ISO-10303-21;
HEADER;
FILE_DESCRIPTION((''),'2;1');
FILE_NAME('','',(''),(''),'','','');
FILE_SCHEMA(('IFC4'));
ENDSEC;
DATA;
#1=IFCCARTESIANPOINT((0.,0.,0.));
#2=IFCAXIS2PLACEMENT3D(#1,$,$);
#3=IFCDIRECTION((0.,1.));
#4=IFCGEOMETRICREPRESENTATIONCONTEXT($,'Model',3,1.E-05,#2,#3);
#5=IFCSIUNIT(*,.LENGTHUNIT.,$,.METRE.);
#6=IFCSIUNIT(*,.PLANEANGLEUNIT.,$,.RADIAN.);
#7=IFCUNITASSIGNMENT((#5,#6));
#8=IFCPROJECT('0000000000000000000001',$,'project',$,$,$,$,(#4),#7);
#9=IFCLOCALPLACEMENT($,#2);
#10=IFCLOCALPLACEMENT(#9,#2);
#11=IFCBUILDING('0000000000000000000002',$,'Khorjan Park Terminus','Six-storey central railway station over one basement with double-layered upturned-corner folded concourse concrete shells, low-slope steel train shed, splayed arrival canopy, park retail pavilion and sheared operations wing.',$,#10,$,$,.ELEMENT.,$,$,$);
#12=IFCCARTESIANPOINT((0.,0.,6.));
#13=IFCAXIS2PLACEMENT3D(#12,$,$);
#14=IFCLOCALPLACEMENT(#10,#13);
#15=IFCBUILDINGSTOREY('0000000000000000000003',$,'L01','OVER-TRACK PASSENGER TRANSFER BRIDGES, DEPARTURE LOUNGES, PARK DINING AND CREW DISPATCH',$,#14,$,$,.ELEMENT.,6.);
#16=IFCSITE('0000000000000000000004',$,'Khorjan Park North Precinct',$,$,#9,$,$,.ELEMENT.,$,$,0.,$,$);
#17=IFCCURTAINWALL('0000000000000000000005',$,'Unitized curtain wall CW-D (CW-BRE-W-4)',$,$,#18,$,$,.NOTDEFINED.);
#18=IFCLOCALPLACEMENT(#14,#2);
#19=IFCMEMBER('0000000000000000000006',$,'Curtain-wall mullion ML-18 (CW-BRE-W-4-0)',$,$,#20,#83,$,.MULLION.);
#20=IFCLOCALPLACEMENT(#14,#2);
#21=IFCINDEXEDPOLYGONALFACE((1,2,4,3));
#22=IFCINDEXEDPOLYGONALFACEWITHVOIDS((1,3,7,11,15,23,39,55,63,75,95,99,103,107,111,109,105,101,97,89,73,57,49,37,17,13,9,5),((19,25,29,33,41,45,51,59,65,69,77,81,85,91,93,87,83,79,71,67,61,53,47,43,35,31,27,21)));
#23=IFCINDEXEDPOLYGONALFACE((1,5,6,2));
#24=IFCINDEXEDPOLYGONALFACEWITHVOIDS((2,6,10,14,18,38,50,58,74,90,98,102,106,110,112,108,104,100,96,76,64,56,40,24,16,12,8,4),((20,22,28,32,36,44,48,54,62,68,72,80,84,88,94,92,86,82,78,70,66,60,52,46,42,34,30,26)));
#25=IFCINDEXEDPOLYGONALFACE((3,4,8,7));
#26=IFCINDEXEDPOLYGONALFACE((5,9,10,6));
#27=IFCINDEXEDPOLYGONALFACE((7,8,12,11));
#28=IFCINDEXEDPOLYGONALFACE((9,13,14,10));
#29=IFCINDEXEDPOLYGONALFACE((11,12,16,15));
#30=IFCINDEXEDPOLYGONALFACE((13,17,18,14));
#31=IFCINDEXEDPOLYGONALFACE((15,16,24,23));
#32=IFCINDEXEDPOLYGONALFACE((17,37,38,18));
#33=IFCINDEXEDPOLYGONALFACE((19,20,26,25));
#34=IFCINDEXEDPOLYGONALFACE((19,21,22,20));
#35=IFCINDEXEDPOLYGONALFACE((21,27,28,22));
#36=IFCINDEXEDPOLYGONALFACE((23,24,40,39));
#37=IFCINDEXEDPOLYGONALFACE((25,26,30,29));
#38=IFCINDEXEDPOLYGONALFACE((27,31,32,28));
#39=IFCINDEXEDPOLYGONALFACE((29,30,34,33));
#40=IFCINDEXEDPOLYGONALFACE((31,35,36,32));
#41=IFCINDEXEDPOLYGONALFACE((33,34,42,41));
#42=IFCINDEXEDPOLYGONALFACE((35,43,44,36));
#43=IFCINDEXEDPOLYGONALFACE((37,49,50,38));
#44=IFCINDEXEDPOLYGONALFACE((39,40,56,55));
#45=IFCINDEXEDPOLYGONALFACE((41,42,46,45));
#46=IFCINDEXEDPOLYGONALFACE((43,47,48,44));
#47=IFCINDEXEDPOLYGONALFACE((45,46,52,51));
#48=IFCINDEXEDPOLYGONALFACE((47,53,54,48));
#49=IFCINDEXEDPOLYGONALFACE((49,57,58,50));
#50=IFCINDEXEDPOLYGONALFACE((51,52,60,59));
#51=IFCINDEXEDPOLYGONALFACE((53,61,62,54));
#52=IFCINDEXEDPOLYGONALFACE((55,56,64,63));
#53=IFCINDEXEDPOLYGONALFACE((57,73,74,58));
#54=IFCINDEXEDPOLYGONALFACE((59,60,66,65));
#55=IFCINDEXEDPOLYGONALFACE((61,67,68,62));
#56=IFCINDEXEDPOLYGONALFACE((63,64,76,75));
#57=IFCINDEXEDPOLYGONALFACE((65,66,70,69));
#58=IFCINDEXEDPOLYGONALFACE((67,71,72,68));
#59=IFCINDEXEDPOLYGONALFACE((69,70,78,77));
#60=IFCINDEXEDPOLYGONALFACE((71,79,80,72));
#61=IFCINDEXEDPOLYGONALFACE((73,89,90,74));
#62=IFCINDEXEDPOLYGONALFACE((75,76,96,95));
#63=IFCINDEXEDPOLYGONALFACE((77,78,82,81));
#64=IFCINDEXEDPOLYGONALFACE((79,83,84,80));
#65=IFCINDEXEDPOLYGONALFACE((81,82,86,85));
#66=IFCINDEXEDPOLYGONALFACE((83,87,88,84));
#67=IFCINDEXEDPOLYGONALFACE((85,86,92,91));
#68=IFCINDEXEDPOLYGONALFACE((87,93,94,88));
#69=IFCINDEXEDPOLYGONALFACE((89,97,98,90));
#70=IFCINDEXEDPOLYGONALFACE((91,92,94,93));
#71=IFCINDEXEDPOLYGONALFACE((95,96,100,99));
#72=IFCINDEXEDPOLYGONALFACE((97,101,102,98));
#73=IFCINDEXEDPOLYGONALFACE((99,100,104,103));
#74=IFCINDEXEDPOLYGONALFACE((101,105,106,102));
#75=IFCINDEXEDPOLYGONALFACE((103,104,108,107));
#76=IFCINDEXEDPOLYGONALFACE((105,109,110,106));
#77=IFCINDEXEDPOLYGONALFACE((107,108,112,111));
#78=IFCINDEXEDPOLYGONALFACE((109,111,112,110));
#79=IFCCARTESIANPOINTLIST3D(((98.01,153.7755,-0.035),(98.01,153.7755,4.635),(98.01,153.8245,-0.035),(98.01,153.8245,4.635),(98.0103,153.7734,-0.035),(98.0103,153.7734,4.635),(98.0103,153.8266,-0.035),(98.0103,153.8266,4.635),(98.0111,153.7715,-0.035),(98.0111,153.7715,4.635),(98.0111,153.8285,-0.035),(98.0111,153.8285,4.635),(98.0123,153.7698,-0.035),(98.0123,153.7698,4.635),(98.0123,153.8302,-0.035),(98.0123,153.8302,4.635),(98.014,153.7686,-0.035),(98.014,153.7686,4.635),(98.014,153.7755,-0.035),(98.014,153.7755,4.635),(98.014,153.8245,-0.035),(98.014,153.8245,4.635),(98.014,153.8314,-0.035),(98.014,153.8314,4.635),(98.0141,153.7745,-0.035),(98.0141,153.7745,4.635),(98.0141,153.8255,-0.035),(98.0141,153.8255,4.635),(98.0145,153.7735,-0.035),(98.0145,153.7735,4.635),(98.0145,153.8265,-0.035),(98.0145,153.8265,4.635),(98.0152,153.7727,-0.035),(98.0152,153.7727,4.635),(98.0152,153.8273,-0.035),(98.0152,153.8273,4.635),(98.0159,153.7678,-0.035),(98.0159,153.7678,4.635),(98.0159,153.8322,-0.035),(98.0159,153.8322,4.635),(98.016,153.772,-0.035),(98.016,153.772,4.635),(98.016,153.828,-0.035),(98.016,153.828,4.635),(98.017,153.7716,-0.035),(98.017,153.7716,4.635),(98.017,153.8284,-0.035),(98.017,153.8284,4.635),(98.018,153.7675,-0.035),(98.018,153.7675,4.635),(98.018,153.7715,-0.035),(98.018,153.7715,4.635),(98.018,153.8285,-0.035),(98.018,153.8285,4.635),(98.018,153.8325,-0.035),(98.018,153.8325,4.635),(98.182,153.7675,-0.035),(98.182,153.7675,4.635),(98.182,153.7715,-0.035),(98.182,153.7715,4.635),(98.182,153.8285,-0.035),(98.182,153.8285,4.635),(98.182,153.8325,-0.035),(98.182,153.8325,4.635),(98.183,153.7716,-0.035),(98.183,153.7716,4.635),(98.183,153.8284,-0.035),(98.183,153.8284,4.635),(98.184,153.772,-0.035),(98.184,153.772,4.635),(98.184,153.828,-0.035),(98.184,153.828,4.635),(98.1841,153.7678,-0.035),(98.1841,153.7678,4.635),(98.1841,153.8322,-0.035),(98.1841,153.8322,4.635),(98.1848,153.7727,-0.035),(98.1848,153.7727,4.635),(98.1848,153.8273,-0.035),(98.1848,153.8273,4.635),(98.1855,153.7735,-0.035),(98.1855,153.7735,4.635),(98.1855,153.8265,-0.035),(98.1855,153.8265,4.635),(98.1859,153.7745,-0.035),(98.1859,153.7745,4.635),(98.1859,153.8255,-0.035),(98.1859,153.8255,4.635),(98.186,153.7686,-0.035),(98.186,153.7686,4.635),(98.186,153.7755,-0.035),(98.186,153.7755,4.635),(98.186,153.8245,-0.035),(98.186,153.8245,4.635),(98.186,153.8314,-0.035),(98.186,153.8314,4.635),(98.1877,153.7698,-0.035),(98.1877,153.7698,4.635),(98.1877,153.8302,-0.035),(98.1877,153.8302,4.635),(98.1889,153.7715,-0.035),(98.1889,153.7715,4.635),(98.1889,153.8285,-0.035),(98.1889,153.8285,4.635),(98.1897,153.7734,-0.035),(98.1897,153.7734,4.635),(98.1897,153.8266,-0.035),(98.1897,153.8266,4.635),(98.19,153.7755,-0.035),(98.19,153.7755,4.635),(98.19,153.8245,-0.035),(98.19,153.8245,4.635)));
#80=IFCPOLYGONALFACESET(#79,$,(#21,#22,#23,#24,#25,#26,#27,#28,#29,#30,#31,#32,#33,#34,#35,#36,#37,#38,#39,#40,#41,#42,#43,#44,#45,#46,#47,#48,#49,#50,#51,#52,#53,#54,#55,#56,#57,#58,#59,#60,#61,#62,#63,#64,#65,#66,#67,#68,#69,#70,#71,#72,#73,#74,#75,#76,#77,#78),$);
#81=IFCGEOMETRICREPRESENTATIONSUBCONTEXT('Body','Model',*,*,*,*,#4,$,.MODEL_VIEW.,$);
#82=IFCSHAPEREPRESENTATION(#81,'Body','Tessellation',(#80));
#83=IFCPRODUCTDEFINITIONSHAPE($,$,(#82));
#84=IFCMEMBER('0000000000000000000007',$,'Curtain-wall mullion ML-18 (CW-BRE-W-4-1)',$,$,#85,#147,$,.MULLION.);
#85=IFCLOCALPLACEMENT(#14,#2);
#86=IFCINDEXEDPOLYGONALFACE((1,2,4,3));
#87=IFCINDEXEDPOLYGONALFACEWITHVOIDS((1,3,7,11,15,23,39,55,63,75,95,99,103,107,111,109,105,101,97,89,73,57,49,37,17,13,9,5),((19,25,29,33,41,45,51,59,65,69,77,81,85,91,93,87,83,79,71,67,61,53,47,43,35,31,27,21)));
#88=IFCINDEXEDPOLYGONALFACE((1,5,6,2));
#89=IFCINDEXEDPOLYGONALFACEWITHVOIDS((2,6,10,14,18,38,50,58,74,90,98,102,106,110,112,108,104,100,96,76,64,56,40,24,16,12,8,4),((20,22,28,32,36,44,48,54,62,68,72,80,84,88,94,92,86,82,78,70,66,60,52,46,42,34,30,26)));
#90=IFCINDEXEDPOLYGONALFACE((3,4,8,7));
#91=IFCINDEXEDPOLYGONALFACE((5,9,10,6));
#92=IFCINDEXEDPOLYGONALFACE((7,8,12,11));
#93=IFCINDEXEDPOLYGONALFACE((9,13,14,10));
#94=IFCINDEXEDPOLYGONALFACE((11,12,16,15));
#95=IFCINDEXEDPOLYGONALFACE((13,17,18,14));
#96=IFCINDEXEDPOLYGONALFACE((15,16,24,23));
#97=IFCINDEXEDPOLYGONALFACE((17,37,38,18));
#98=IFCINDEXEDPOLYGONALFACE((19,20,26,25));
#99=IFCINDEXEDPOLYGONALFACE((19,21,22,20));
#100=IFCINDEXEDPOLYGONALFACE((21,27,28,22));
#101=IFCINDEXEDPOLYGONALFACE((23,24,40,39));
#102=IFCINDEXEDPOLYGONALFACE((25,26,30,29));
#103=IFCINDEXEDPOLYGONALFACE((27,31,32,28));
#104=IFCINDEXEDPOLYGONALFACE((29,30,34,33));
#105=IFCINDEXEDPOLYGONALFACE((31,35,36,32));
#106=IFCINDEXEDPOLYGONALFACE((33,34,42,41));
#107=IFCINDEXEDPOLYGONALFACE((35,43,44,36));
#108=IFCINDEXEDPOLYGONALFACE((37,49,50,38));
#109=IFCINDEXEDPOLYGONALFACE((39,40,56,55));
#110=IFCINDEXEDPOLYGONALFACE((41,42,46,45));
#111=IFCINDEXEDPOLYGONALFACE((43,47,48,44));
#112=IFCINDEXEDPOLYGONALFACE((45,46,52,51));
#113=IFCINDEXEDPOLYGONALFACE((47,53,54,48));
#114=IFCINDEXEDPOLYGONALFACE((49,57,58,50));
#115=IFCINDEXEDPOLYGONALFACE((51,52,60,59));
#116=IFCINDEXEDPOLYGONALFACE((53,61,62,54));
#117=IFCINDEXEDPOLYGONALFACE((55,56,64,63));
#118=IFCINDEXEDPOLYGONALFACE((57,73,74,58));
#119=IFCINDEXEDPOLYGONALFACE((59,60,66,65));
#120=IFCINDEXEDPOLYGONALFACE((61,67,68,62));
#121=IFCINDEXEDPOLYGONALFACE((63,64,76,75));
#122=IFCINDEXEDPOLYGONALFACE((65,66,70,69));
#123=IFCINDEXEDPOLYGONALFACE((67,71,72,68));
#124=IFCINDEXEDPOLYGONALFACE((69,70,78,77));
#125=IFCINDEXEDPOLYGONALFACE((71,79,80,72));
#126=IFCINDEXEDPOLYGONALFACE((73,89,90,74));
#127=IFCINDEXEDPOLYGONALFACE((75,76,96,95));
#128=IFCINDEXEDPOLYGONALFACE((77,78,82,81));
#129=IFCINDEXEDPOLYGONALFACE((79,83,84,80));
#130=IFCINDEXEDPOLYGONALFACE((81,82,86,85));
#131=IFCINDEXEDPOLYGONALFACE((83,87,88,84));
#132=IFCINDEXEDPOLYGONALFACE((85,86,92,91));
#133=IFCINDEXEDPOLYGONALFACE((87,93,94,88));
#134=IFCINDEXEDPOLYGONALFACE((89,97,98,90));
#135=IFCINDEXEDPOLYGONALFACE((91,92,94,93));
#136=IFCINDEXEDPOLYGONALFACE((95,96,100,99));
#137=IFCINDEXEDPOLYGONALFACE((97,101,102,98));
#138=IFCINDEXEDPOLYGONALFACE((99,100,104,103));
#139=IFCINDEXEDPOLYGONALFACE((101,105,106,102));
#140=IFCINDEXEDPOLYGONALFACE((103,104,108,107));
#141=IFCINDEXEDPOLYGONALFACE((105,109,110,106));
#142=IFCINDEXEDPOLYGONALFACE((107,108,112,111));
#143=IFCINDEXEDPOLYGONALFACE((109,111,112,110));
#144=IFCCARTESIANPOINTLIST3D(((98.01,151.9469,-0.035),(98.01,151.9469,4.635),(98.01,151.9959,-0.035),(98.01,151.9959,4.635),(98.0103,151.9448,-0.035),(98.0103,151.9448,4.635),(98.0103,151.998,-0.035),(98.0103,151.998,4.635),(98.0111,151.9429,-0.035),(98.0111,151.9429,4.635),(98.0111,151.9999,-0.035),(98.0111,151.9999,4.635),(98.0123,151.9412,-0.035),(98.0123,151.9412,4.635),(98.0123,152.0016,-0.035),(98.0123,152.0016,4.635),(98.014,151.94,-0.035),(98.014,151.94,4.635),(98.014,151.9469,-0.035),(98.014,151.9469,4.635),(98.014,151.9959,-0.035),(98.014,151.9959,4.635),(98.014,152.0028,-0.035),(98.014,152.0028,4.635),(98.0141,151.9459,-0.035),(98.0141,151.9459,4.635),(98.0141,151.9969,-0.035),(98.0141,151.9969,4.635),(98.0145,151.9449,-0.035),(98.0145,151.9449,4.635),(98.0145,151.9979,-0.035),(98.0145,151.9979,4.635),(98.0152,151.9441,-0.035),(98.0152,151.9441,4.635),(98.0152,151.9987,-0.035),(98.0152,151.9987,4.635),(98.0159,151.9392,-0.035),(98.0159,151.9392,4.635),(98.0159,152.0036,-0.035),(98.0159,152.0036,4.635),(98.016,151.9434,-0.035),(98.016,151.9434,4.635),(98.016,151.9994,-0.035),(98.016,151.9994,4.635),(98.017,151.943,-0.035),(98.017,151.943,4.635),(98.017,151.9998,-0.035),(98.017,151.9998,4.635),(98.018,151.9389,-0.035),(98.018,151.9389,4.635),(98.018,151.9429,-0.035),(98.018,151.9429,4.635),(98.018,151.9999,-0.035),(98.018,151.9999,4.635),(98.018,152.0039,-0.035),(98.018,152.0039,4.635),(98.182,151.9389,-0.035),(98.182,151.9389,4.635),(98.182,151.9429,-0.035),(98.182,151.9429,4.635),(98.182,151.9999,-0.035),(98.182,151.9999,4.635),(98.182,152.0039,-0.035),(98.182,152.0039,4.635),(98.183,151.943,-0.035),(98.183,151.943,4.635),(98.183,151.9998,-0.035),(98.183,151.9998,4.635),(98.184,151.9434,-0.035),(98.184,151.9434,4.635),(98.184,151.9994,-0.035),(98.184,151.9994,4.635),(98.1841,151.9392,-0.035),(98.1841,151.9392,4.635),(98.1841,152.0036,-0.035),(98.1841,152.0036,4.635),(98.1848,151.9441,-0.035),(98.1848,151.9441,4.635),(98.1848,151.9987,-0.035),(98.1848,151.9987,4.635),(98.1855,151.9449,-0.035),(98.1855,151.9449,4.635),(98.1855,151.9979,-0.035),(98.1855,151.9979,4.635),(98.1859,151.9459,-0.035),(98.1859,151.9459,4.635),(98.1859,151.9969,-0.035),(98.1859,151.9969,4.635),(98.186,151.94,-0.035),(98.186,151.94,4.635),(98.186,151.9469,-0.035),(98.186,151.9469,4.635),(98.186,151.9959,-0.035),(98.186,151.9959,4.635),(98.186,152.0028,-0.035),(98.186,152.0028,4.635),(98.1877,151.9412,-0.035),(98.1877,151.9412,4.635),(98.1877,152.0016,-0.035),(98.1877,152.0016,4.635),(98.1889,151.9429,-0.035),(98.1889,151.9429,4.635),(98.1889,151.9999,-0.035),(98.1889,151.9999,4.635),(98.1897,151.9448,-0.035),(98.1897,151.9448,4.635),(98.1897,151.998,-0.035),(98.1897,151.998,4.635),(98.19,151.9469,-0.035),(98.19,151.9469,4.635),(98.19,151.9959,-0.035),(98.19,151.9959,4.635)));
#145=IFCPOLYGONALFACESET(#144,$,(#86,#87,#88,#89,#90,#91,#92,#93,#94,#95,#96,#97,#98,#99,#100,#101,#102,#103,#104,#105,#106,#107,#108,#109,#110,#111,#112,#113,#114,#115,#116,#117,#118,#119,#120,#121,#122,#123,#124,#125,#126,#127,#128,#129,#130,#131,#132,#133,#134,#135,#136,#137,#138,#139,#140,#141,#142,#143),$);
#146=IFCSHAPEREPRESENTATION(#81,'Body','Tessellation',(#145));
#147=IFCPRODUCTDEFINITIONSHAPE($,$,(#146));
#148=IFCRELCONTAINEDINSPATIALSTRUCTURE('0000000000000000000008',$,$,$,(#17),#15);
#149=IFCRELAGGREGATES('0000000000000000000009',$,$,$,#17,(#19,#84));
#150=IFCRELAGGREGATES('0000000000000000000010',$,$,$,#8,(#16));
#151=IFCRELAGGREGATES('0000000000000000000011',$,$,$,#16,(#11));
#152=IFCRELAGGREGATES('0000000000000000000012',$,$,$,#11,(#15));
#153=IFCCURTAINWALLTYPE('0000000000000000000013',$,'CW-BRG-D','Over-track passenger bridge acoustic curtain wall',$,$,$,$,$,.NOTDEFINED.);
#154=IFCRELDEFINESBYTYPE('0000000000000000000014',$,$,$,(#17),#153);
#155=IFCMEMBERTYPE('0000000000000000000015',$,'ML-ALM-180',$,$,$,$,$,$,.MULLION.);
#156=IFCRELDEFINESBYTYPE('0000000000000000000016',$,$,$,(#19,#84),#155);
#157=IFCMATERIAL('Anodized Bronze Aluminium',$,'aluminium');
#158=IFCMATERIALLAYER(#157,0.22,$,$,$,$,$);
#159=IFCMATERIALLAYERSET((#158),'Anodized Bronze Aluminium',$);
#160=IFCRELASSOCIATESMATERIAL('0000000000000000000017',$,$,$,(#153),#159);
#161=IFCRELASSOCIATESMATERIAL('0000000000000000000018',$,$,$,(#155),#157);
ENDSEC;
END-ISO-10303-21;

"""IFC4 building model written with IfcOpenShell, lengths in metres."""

from ifc_helpers import new_model, si_unit, direction, frame, origin, origin_2d, place, context, subcontext, project, spatial, hollow_rectangle, extrude, material, layer, layer_set, material_profile, profile_set, type_object, element, aggregate, save


model = new_model("IFC4")

# Units and contexts
model_context = context("Model", 3, precision=1e-05, world=origin(), true_north=direction((0.0, 1.0)))
body_context = subcontext(model_context, "Body", "Model", "MODEL_VIEW")
ifc_project = project(units=[si_unit("LENGTHUNIT", "METRE"), si_unit("PLANEANGLEUNIT", "RADIAN")], contexts=[model_context])

# Site, building, storey
site_placement = place(None, origin())
site = spatial("IfcSite", under=ifc_project, at=site_placement, Name="Khorjan Park North Precinct", CompositionType="ELEMENT", RefElevation=0.0)
building_placement = place(site_placement, origin())
building = spatial("IfcBuilding", under=site, at=building_placement, Name="Khorjan Park Terminus", Description="Six-storey central railway station over one basement with double-layered upturned-corner folded concourse concrete shells, low-slope steel train shed, splayed arrival canopy, park retail pavilion and sheared operations wing.", CompositionType="ELEMENT")
storey_placement = place(building_placement, frame((0.0, 0.0, 6.0)))
storey = spatial("IfcBuildingStorey", under=building, at=storey_placement, Name="L01", Description="OVER-TRACK PASSENGER TRANSFER BRIDGES, DEPARTURE LOUNGES, PARK DINING AND CREW DISPATCH", CompositionType="ELEMENT", Elevation=6.0)

# Curtain wall, members
ifc_material_1 = material(Name="Anodized Bronze Aluminium", Category="aluminium")
ifc_layer_1 = layer(ifc_material_1, 0.22)
ifc_layer_set_1 = layer_set([ifc_layer_1], Name="Anodized Bronze Aluminium")
curtain_wall_type = type_object("IfcCurtainWallType", Name="CW-BRG-D", Description="Over-track passenger bridge acoustic curtain wall", PredefinedType="NOTDEFINED", material=ifc_layer_set_1)
curtain_wall_1_placement = place(storey_placement, origin())
curtain_wall_1 = element("IfcCurtainWall", 1, at=curtain_wall_1_placement, inside=storey, type_object=curtain_wall_type, Name="Unitized curtain wall CW-D (CW-BRE-W-4)", PredefinedType="NOTDEFINED")
ifc_material_profile_1 = material_profile(ifc_material_1, hollow_rectangle(XDim=0.065, YDim=0.18, WallThickness=0.004, InnerFilletRadius=0.004, OuterFilletRadius=0.008, at=origin_2d()), Name="ALM 65x180x4")
ifc_profile_set_1 = profile_set([ifc_material_profile_1], Name="Anodized Bronze Aluminium")
member_type_1 = type_object("IfcMemberType", Name="ML-ALM-180", PredefinedType="MULLION", material=ifc_profile_set_1)
member_1_placement = place(storey_placement, frame((98.1, 153.8, -0.035), z_axis=(0.0, 0.0, 1.0), x_axis=(0.0, -1.0, 0.0)))
member_1 = element("IfcMember", 2, at=member_1_placement, type_object=member_type_1, Name="Curtain-wall mullion ML-18 (CW-BRE-W-4-0)", PredefinedType="MULLION", context=body_context, shape_type="SweptSolid", body=[
    extrude(hollow_rectangle(XDim=0.065, YDim=0.18, WallThickness=0.004, InnerFilletRadius=0.004, OuterFilletRadius=0.008, at=origin_2d()), origin(), (0.0, 0.0, 1.0), 4.67),
])
member_2_placement = place(storey_placement, frame((98.1, 151.9714, -0.035), z_axis=(0.0, 0.0, 1.0), x_axis=(0.0, -1.0, 0.0)))
member_2 = element("IfcMember", 3, at=member_2_placement, type_object=member_type_1, Name="Curtain-wall mullion ML-18 (CW-BRE-W-4-1)", PredefinedType="MULLION", context=body_context, shape_type="SweptSolid", body=[
    extrude(hollow_rectangle(XDim=0.065, YDim=0.18, WallThickness=0.004, InnerFilletRadius=0.004, OuterFilletRadius=0.008, at=origin_2d()), origin(), (0.0, 0.0, 1.0), 4.67),
])

aggregate(curtain_wall_1, [member_1, member_2])

save(model, "model.ifc")
